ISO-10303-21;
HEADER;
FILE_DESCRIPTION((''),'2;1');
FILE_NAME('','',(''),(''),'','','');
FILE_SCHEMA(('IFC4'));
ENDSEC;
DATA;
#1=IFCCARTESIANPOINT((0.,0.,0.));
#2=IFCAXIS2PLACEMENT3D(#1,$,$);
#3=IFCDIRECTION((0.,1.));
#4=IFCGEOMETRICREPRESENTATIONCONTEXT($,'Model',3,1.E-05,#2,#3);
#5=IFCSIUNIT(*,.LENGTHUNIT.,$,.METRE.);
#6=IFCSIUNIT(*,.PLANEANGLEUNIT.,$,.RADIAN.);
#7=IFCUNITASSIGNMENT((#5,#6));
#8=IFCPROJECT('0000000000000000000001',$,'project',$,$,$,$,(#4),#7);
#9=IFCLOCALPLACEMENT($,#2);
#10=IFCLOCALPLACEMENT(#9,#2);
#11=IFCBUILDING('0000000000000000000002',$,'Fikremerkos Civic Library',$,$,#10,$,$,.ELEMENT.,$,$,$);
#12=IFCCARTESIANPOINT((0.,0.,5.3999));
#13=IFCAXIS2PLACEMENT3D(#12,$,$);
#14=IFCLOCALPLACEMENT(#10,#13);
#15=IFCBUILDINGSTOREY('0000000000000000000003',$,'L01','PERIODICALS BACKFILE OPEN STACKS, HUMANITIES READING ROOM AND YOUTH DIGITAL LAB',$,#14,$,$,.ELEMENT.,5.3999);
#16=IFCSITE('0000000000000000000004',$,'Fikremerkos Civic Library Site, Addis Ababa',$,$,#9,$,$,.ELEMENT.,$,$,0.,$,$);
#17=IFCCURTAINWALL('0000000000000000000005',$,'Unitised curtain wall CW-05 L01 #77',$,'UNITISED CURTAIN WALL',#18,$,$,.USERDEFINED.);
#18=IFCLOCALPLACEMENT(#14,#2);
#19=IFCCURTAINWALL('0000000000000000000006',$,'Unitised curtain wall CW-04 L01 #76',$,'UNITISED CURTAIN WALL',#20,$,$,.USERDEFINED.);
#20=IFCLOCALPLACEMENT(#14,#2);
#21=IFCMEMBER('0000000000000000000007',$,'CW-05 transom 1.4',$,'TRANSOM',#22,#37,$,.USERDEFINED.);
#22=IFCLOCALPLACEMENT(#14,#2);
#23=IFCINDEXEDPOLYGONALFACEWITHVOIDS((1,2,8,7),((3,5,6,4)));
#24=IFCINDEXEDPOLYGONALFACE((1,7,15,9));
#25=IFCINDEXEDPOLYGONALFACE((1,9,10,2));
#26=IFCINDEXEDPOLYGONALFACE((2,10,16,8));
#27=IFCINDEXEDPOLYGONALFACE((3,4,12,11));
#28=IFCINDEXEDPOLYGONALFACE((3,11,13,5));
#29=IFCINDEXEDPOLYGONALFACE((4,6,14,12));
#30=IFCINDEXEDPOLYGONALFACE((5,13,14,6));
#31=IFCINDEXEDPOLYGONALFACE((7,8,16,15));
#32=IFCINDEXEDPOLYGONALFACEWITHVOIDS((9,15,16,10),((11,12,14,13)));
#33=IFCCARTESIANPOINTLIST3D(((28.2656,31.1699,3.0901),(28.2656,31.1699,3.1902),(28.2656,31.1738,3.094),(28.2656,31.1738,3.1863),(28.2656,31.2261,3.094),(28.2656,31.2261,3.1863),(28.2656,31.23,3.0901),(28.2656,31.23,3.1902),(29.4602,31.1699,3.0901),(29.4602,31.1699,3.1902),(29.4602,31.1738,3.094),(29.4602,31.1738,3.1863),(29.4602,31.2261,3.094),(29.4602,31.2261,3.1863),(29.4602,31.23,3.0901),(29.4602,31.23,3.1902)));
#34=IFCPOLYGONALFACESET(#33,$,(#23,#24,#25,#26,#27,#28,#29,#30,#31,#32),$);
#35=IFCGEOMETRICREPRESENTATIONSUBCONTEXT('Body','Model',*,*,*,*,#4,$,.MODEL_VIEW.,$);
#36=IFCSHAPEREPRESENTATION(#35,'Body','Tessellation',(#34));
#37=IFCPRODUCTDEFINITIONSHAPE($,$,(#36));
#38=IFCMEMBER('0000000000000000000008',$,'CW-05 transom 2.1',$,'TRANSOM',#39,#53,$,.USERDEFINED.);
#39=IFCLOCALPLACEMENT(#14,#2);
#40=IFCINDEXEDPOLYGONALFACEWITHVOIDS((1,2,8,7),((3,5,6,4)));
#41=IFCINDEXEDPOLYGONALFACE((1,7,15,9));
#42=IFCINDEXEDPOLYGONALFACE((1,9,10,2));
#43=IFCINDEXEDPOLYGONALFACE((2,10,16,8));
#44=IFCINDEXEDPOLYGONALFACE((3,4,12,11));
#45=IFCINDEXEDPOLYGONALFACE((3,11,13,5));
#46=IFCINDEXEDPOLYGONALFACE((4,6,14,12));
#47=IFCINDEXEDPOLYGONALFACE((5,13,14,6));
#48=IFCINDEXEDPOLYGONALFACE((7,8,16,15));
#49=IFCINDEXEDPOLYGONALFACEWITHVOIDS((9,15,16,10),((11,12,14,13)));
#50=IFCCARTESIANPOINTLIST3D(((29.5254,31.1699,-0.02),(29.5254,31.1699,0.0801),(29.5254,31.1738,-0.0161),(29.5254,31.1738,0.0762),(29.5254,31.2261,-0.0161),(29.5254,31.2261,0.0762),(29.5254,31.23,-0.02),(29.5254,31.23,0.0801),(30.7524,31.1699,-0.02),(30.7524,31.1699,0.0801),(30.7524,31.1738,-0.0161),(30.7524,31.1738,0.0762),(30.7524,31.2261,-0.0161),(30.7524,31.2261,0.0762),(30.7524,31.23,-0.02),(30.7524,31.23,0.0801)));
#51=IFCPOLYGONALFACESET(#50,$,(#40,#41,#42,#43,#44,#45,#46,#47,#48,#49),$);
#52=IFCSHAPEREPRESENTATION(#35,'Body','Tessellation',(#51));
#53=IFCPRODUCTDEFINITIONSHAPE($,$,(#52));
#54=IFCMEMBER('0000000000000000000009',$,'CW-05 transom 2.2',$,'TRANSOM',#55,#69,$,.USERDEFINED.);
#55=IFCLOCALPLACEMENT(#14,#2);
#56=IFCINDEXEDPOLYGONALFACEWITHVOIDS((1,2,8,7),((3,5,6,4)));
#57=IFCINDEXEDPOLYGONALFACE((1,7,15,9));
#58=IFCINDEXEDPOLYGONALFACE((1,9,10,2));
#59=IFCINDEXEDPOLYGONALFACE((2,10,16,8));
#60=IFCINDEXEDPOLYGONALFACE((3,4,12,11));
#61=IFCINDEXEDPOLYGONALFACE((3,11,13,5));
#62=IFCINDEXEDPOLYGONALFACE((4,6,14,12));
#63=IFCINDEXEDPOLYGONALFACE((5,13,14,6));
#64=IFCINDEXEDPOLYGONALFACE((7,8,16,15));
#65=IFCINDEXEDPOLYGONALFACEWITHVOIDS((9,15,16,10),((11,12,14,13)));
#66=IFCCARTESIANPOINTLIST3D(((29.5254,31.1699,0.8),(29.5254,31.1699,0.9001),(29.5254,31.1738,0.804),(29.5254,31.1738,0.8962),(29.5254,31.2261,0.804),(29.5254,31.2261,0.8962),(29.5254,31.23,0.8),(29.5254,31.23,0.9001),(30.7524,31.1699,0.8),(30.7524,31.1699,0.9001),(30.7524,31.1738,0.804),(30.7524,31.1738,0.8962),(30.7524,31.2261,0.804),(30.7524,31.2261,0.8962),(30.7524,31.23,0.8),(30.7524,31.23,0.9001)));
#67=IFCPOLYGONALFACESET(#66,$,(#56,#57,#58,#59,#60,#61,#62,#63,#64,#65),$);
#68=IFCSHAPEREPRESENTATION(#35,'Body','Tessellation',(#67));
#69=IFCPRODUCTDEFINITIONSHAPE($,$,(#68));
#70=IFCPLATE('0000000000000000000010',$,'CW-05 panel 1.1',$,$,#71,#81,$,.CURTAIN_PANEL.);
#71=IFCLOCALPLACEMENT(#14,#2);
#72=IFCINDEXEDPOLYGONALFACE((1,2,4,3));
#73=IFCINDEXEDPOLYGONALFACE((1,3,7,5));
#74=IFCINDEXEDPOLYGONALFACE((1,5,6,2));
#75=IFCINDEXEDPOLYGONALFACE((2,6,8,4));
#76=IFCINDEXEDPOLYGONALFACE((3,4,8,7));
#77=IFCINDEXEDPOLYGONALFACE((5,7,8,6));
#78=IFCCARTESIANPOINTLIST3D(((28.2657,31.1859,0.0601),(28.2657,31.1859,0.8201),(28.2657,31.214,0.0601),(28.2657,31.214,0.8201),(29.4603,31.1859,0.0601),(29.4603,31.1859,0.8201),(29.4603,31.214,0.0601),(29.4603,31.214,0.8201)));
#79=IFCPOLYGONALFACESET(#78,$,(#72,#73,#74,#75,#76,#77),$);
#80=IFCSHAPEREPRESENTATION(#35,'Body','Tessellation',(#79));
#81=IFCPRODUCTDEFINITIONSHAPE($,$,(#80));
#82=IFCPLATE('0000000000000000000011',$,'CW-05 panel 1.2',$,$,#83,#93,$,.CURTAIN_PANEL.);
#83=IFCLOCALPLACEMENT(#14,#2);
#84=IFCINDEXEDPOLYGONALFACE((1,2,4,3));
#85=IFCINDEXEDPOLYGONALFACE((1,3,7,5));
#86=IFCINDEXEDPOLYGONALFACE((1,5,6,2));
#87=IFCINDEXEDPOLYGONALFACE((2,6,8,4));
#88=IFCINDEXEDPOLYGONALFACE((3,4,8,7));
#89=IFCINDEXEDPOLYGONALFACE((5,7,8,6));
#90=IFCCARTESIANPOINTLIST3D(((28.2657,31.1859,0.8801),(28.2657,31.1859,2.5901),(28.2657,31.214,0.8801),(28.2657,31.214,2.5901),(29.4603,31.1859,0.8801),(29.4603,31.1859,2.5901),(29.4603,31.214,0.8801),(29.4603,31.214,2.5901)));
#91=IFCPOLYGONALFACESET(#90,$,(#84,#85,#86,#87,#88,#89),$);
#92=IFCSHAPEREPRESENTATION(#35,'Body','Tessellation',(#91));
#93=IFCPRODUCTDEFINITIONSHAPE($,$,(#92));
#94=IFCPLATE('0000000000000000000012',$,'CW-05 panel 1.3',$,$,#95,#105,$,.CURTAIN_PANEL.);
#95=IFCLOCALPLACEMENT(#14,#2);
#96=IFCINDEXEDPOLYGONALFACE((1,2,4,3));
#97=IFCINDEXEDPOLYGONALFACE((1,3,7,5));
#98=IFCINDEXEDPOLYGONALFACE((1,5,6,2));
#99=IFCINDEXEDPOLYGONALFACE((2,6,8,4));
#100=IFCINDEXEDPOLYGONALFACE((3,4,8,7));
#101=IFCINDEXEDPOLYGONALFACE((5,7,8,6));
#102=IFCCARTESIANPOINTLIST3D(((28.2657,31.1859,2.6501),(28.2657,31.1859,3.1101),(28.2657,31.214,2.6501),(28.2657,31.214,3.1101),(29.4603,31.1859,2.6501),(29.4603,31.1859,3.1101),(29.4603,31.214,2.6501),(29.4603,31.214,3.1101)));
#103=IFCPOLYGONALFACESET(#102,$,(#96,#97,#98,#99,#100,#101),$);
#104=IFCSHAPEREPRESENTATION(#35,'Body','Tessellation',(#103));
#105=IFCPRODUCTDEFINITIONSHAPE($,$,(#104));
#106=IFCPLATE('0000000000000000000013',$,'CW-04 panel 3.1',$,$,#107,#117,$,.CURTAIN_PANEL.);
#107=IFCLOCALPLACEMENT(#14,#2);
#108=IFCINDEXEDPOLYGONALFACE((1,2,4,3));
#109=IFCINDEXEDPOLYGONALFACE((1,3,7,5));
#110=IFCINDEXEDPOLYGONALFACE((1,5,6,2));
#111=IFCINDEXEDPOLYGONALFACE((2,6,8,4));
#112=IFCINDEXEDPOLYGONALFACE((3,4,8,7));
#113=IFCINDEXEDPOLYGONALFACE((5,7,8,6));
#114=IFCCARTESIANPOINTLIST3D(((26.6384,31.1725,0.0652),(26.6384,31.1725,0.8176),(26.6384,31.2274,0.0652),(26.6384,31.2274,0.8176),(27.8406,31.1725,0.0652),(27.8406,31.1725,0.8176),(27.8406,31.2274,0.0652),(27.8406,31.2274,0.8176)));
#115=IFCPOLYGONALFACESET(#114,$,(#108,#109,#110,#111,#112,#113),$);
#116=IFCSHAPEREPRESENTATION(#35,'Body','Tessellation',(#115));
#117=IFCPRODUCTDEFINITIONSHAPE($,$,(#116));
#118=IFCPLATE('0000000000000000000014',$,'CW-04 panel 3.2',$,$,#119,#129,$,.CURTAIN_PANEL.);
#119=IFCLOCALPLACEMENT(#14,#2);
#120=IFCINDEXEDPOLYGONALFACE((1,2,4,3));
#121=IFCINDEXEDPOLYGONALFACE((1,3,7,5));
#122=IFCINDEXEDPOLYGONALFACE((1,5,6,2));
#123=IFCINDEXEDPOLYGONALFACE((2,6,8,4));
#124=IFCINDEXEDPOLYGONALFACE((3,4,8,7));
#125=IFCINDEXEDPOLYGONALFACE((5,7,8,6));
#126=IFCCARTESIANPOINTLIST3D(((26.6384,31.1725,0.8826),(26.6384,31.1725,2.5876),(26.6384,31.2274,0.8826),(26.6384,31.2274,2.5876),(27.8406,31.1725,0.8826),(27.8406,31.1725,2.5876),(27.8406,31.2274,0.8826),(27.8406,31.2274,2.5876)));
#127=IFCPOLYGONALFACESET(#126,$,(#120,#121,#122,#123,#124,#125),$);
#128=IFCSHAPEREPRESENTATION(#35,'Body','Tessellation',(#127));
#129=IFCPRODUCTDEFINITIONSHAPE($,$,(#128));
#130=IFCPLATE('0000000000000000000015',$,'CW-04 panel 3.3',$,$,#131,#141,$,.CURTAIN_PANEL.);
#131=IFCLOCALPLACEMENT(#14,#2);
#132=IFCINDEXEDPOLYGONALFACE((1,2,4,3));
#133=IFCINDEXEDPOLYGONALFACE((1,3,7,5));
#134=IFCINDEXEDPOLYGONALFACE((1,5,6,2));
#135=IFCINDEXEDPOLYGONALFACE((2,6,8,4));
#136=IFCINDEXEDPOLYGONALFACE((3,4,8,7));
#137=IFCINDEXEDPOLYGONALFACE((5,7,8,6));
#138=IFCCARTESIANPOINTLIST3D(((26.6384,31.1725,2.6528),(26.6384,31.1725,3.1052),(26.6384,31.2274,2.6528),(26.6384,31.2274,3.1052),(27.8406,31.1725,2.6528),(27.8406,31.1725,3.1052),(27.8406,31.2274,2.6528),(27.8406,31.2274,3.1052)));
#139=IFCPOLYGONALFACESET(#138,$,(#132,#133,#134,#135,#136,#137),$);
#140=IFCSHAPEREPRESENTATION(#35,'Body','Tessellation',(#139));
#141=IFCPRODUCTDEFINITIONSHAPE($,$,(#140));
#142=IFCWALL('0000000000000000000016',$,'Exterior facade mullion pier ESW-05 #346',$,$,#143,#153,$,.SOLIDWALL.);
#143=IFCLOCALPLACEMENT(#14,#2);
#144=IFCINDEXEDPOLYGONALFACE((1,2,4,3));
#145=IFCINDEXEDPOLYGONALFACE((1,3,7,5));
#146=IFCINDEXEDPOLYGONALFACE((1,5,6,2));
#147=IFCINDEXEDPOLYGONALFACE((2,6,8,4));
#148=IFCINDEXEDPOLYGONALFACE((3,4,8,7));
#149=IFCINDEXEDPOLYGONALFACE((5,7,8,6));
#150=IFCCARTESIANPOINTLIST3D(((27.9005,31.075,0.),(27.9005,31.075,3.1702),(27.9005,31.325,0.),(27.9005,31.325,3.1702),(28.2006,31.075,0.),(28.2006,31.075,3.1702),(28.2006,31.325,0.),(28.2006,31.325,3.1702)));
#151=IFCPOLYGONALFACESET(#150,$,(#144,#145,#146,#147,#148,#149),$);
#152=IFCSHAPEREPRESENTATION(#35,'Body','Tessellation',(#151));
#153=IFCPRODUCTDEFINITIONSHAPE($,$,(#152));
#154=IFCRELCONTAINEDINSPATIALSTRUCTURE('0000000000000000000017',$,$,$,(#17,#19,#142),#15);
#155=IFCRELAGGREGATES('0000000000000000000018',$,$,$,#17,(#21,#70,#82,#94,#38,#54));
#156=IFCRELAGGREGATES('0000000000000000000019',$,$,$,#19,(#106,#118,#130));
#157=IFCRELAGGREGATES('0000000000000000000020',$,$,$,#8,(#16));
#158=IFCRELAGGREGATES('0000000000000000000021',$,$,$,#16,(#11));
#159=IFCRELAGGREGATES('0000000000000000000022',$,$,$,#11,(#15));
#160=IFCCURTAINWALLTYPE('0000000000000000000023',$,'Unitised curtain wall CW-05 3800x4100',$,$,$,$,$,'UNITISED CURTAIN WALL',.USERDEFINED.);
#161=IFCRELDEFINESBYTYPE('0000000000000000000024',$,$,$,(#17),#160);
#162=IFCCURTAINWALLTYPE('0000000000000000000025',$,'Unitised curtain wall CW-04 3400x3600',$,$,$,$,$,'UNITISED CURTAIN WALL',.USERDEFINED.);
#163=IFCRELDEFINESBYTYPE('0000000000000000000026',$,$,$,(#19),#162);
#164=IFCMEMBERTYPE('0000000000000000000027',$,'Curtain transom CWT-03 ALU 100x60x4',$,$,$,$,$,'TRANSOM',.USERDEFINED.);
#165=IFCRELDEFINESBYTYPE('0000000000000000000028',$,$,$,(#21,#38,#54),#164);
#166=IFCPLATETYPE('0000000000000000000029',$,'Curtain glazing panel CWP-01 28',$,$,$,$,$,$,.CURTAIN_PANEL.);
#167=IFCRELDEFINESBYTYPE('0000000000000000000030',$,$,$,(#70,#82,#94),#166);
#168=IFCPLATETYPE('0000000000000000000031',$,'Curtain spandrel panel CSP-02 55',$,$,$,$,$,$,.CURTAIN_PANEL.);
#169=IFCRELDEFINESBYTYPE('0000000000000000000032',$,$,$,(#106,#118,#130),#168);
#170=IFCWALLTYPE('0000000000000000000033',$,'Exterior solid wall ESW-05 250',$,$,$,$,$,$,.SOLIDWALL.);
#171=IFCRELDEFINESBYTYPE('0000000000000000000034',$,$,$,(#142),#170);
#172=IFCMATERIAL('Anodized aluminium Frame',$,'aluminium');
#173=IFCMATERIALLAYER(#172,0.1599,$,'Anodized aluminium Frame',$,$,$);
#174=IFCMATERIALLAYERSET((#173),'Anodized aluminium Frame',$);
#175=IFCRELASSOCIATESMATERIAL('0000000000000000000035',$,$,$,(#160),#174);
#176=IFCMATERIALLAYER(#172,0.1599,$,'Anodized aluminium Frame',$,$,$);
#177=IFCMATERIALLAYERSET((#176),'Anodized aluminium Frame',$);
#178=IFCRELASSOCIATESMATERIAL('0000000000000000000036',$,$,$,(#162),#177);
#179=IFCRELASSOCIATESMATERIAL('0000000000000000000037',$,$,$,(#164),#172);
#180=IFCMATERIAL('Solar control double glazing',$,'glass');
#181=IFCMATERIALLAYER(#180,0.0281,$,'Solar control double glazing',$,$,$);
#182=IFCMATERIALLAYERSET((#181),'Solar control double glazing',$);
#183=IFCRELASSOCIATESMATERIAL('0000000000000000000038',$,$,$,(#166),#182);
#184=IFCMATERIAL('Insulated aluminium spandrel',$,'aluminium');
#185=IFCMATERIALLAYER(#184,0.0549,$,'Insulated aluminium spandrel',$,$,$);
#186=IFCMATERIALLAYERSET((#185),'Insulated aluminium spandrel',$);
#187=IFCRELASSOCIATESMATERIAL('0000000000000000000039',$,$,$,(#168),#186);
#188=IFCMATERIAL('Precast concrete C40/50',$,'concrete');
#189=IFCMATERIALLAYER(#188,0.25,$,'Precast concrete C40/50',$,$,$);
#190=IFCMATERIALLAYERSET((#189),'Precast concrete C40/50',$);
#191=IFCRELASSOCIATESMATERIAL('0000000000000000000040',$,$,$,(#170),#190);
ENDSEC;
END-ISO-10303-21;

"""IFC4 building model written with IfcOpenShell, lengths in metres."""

from ifc_helpers import new_model, si_unit, direction, frame, frame_2d, origin, origin_2d, place, context, subcontext, project, spatial, rectangle, hollow_rectangle, extrude, material, layer, layer_set, material_profile, profile_set, type_object, element, aggregate, save


model = new_model("IFC4")

# Units and contexts
model_context = context("Model", 3, precision=1e-05, world=origin(), true_north=direction((0.0, 1.0)))
body_context = subcontext(model_context, "Body", "Model", "MODEL_VIEW")
ifc_project = project(units=[si_unit("LENGTHUNIT", "METRE"), si_unit("PLANEANGLEUNIT", "RADIAN")], contexts=[model_context])

# Site, building, storey
site_placement = place(None, origin())
site = spatial("IfcSite", under=ifc_project, at=site_placement, Name="Fikremerkos Civic Library Site, Addis Ababa", CompositionType="ELEMENT", RefElevation=0.0)
building_placement = place(site_placement, origin())
building = spatial("IfcBuilding", under=site, at=building_placement, Name="Fikremerkos Civic Library", CompositionType="ELEMENT")
storey_placement = place(building_placement, frame((0.0, 0.0, 5.3999)))
storey = spatial("IfcBuildingStorey", under=building, at=storey_placement, Name="L01", Description="PERIODICALS BACKFILE OPEN STACKS, HUMANITIES READING ROOM AND YOUTH DIGITAL LAB", CompositionType="ELEMENT", Elevation=5.3999)

# Curtain walls
ifc_material_1 = material(Name="Anodized aluminium Frame", Category="aluminium")
ifc_layer_1 = layer(ifc_material_1, 0.1599, Name="Anodized aluminium Frame")
ifc_layer_set_1 = layer_set([ifc_layer_1], Name="Anodized aluminium Frame")
curtain_wall_type_1 = type_object("IfcCurtainWallType", Name="Unitised curtain wall CW-05 3800x4100", ElementType="UNITISED CURTAIN WALL", PredefinedType="USERDEFINED", material=ifc_layer_set_1)
curtain_wall_1_placement = place(storey_placement, origin())
curtain_wall_1 = element("IfcCurtainWall", 1, at=curtain_wall_1_placement, inside=storey, type_object=curtain_wall_type_1, Name="Unitised curtain wall CW-05 L01 #77", ObjectType="UNITISED CURTAIN WALL", PredefinedType="USERDEFINED")
ifc_layer_2 = layer(ifc_material_1, 0.1599, Name="Anodized aluminium Frame")
ifc_layer_set_2 = layer_set([ifc_layer_2], Name="Anodized aluminium Frame")
curtain_wall_type_2 = type_object("IfcCurtainWallType", Name="Unitised curtain wall CW-04 3400x3600", ElementType="UNITISED CURTAIN WALL", PredefinedType="USERDEFINED", material=ifc_layer_set_2)
curtain_wall_2_placement = place(storey_placement, origin())
curtain_wall_2 = element("IfcCurtainWall", 2, at=curtain_wall_2_placement, inside=storey, type_object=curtain_wall_type_2, Name="Unitised curtain wall CW-04 L01 #76", ObjectType="UNITISED CURTAIN WALL", PredefinedType="USERDEFINED")

# Members
ifc_material_profile_1 = material_profile(ifc_material_1, hollow_rectangle(XDim=0.0601, YDim=0.1001, WallThickness=0.0039, at=origin_2d()), Name="ALU 100x60x4")
ifc_profile_set_1 = profile_set([ifc_material_profile_1], Name="Anodized aluminium Frame")
member_type_1 = type_object("IfcMemberType", Name="Curtain transom CWT-03 ALU 100x60x4", ElementType="TRANSOM", PredefinedType="USERDEFINED", material=ifc_profile_set_1)
member_1_placement = place(storey_placement, frame((28.2656, 31.2, 3.1401), z_axis=(1.0, 0.0, 0.0), x_axis=(0.0, 1.0, 0.0)))
member_1 = element("IfcMember", 3, at=member_1_placement, type_object=member_type_1, Name="CW-05 transom 1.4", ObjectType="TRANSOM", PredefinedType="USERDEFINED", context=body_context, shape_type="SweptSolid", body=[
    extrude(hollow_rectangle(XDim=0.0601, YDim=0.1001, WallThickness=0.0039, at=origin_2d()), origin(), (0.0, 0.0, 1.0), 1.1946),
])
member_2_placement = place(storey_placement, frame((29.5254, 31.2, 0.03), z_axis=(1.0, 0.0, 0.0), x_axis=(0.0, 1.0, 0.0)))
member_2 = element("IfcMember", 4, at=member_2_placement, type_object=member_type_1, Name="CW-05 transom 2.1", ObjectType="TRANSOM", PredefinedType="USERDEFINED", context=body_context, shape_type="SweptSolid", body=[
    extrude(hollow_rectangle(XDim=0.0601, YDim=0.1001, WallThickness=0.0039, at=origin_2d()), origin(), (0.0, 0.0, 1.0), 1.2271),
])
member_3_placement = place(storey_placement, frame((29.5254, 31.2, 0.8501), z_axis=(1.0, 0.0, 0.0), x_axis=(0.0, 1.0, 0.0)))
member_3 = element("IfcMember", 5, at=member_3_placement, type_object=member_type_1, Name="CW-05 transom 2.2", ObjectType="TRANSOM", PredefinedType="USERDEFINED", context=body_context, shape_type="SweptSolid", body=[
    extrude(hollow_rectangle(XDim=0.0601, YDim=0.1001, WallThickness=0.0039, at=origin_2d()), origin(), (0.0, 0.0, 1.0), 1.2271),
])

# Plates
ifc_material_2 = material(Name="Solar control double glazing", Category="glass")
ifc_layer_3 = layer(ifc_material_2, 0.0281, Name="Solar control double glazing")
ifc_layer_set_3 = layer_set([ifc_layer_3], Name="Solar control double glazing")
plate_type_1 = type_object("IfcPlateType", Name="Curtain glazing panel CWP-01 28", PredefinedType="CURTAIN_PANEL", material=ifc_layer_set_3)
plate_1_placement = place(storey_placement, frame((28.863, 31.2, 0.0601), z_axis=(0.0, 0.0, 1.0), x_axis=(1.0, 0.0, 0.0)))
plate_1 = element("IfcPlate", 6, at=plate_1_placement, type_object=plate_type_1, Name="CW-05 panel 1.1", PredefinedType="CURTAIN_PANEL", context=body_context, shape_type="SweptSolid", body=[
    extrude(rectangle(XDim=1.1946, YDim=0.0281, at=origin_2d()), origin(), (0.0, 0.0, 1.0), 0.76),
])
plate_2_placement = place(storey_placement, frame((28.863, 31.2, 0.8801), z_axis=(0.0, 0.0, 1.0), x_axis=(1.0, 0.0, 0.0)))
plate_2 = element("IfcPlate", 7, at=plate_2_placement, type_object=plate_type_1, Name="CW-05 panel 1.2", PredefinedType="CURTAIN_PANEL", context=body_context, shape_type="SweptSolid", body=[
    extrude(rectangle(XDim=1.1946, YDim=0.0281, at=origin_2d()), origin(), (0.0, 0.0, 1.0), 1.71),
])
plate_3_placement = place(storey_placement, frame((28.863, 31.2, 2.6501), z_axis=(0.0, 0.0, 1.0), x_axis=(1.0, 0.0, 0.0)))
plate_3 = element("IfcPlate", 8, at=plate_3_placement, type_object=plate_type_1, Name="CW-05 panel 1.3", PredefinedType="CURTAIN_PANEL", context=body_context, shape_type="SweptSolid", body=[
    extrude(rectangle(XDim=1.1946, YDim=0.0281, at=origin_2d()), origin(), (0.0, 0.0, 1.0), 0.46),
])
aggregate(curtain_wall_1, [member_1, plate_1, plate_2, plate_3, member_2, member_3])
ifc_material_3 = material(Name="Insulated aluminium spandrel", Category="aluminium")
ifc_layer_4 = layer(ifc_material_3, 0.0549, Name="Insulated aluminium spandrel")
ifc_layer_set_4 = layer_set([ifc_layer_4], Name="Insulated aluminium spandrel")
plate_type_2 = type_object("IfcPlateType", Name="Curtain spandrel panel CSP-02 55", PredefinedType="CURTAIN_PANEL", material=ifc_layer_set_4)
plate_4_placement = place(storey_placement, frame((27.2395, 31.2, 0.0652), z_axis=(0.0, 0.0, 1.0), x_axis=(1.0, 0.0, 0.0)))
plate_4 = element("IfcPlate", 9, at=plate_4_placement, type_object=plate_type_2, Name="CW-04 panel 3.1", PredefinedType="CURTAIN_PANEL", context=body_context, shape_type="SweptSolid", body=[
    extrude(rectangle(XDim=1.2021, YDim=0.0549, at=origin_2d()), origin(), (0.0, 0.0, 1.0), 0.7524),
])
plate_5_placement = place(storey_placement, frame((27.2395, 31.2, 0.8826), z_axis=(0.0, 0.0, 1.0), x_axis=(1.0, 0.0, 0.0)))
plate_5 = element("IfcPlate", 10, at=plate_5_placement, type_object=plate_type_2, Name="CW-04 panel 3.2", PredefinedType="CURTAIN_PANEL", context=body_context, shape_type="SweptSolid", body=[
    extrude(rectangle(XDim=1.2021, YDim=0.0549, at=origin_2d()), origin(), (0.0, 0.0, 1.0), 1.7051),
])
plate_6_placement = place(storey_placement, frame((27.2395, 31.2, 2.6528), z_axis=(0.0, 0.0, 1.0), x_axis=(1.0, 0.0, 0.0)))
plate_6 = element("IfcPlate", 11, at=plate_6_placement, type_object=plate_type_2, Name="CW-04 panel 3.3", PredefinedType="CURTAIN_PANEL", context=body_context, shape_type="SweptSolid", body=[
    extrude(rectangle(XDim=1.2021, YDim=0.0549, at=origin_2d()), origin(), (0.0, 0.0, 1.0), 0.4524),
])
aggregate(curtain_wall_2, [plate_4, plate_5, plate_6])

# Wall
ifc_material_4 = material(Name="Precast concrete C40/50", Category="concrete")
ifc_layer_5 = layer(ifc_material_4, 0.25, Name="Precast concrete C40/50")
ifc_layer_set_5 = layer_set([ifc_layer_5], Name="Precast concrete C40/50")
wall_type = type_object("IfcWallType", Name="Exterior solid wall ESW-05 250", PredefinedType="SOLIDWALL", material=ifc_layer_set_5)
wall_placement = place(storey_placement, frame((27.9006, 31.2, 0.0), z_axis=(0.0, 0.0, 1.0), x_axis=(1.0, 0.0, 0.0)))
element("IfcWall", 12, at=wall_placement, inside=storey, type_object=wall_type, Name="Exterior facade mullion pier ESW-05 #346", PredefinedType="SOLIDWALL", context=body_context, shape_type="SweptSolid", body=[
    extrude(rectangle(XDim=0.3, YDim=0.25, at=frame_2d((0.1499, 0.0))), origin(), (0.0, 0.0, 1.0), 3.1702),
])

save(model, "model.ifc")
